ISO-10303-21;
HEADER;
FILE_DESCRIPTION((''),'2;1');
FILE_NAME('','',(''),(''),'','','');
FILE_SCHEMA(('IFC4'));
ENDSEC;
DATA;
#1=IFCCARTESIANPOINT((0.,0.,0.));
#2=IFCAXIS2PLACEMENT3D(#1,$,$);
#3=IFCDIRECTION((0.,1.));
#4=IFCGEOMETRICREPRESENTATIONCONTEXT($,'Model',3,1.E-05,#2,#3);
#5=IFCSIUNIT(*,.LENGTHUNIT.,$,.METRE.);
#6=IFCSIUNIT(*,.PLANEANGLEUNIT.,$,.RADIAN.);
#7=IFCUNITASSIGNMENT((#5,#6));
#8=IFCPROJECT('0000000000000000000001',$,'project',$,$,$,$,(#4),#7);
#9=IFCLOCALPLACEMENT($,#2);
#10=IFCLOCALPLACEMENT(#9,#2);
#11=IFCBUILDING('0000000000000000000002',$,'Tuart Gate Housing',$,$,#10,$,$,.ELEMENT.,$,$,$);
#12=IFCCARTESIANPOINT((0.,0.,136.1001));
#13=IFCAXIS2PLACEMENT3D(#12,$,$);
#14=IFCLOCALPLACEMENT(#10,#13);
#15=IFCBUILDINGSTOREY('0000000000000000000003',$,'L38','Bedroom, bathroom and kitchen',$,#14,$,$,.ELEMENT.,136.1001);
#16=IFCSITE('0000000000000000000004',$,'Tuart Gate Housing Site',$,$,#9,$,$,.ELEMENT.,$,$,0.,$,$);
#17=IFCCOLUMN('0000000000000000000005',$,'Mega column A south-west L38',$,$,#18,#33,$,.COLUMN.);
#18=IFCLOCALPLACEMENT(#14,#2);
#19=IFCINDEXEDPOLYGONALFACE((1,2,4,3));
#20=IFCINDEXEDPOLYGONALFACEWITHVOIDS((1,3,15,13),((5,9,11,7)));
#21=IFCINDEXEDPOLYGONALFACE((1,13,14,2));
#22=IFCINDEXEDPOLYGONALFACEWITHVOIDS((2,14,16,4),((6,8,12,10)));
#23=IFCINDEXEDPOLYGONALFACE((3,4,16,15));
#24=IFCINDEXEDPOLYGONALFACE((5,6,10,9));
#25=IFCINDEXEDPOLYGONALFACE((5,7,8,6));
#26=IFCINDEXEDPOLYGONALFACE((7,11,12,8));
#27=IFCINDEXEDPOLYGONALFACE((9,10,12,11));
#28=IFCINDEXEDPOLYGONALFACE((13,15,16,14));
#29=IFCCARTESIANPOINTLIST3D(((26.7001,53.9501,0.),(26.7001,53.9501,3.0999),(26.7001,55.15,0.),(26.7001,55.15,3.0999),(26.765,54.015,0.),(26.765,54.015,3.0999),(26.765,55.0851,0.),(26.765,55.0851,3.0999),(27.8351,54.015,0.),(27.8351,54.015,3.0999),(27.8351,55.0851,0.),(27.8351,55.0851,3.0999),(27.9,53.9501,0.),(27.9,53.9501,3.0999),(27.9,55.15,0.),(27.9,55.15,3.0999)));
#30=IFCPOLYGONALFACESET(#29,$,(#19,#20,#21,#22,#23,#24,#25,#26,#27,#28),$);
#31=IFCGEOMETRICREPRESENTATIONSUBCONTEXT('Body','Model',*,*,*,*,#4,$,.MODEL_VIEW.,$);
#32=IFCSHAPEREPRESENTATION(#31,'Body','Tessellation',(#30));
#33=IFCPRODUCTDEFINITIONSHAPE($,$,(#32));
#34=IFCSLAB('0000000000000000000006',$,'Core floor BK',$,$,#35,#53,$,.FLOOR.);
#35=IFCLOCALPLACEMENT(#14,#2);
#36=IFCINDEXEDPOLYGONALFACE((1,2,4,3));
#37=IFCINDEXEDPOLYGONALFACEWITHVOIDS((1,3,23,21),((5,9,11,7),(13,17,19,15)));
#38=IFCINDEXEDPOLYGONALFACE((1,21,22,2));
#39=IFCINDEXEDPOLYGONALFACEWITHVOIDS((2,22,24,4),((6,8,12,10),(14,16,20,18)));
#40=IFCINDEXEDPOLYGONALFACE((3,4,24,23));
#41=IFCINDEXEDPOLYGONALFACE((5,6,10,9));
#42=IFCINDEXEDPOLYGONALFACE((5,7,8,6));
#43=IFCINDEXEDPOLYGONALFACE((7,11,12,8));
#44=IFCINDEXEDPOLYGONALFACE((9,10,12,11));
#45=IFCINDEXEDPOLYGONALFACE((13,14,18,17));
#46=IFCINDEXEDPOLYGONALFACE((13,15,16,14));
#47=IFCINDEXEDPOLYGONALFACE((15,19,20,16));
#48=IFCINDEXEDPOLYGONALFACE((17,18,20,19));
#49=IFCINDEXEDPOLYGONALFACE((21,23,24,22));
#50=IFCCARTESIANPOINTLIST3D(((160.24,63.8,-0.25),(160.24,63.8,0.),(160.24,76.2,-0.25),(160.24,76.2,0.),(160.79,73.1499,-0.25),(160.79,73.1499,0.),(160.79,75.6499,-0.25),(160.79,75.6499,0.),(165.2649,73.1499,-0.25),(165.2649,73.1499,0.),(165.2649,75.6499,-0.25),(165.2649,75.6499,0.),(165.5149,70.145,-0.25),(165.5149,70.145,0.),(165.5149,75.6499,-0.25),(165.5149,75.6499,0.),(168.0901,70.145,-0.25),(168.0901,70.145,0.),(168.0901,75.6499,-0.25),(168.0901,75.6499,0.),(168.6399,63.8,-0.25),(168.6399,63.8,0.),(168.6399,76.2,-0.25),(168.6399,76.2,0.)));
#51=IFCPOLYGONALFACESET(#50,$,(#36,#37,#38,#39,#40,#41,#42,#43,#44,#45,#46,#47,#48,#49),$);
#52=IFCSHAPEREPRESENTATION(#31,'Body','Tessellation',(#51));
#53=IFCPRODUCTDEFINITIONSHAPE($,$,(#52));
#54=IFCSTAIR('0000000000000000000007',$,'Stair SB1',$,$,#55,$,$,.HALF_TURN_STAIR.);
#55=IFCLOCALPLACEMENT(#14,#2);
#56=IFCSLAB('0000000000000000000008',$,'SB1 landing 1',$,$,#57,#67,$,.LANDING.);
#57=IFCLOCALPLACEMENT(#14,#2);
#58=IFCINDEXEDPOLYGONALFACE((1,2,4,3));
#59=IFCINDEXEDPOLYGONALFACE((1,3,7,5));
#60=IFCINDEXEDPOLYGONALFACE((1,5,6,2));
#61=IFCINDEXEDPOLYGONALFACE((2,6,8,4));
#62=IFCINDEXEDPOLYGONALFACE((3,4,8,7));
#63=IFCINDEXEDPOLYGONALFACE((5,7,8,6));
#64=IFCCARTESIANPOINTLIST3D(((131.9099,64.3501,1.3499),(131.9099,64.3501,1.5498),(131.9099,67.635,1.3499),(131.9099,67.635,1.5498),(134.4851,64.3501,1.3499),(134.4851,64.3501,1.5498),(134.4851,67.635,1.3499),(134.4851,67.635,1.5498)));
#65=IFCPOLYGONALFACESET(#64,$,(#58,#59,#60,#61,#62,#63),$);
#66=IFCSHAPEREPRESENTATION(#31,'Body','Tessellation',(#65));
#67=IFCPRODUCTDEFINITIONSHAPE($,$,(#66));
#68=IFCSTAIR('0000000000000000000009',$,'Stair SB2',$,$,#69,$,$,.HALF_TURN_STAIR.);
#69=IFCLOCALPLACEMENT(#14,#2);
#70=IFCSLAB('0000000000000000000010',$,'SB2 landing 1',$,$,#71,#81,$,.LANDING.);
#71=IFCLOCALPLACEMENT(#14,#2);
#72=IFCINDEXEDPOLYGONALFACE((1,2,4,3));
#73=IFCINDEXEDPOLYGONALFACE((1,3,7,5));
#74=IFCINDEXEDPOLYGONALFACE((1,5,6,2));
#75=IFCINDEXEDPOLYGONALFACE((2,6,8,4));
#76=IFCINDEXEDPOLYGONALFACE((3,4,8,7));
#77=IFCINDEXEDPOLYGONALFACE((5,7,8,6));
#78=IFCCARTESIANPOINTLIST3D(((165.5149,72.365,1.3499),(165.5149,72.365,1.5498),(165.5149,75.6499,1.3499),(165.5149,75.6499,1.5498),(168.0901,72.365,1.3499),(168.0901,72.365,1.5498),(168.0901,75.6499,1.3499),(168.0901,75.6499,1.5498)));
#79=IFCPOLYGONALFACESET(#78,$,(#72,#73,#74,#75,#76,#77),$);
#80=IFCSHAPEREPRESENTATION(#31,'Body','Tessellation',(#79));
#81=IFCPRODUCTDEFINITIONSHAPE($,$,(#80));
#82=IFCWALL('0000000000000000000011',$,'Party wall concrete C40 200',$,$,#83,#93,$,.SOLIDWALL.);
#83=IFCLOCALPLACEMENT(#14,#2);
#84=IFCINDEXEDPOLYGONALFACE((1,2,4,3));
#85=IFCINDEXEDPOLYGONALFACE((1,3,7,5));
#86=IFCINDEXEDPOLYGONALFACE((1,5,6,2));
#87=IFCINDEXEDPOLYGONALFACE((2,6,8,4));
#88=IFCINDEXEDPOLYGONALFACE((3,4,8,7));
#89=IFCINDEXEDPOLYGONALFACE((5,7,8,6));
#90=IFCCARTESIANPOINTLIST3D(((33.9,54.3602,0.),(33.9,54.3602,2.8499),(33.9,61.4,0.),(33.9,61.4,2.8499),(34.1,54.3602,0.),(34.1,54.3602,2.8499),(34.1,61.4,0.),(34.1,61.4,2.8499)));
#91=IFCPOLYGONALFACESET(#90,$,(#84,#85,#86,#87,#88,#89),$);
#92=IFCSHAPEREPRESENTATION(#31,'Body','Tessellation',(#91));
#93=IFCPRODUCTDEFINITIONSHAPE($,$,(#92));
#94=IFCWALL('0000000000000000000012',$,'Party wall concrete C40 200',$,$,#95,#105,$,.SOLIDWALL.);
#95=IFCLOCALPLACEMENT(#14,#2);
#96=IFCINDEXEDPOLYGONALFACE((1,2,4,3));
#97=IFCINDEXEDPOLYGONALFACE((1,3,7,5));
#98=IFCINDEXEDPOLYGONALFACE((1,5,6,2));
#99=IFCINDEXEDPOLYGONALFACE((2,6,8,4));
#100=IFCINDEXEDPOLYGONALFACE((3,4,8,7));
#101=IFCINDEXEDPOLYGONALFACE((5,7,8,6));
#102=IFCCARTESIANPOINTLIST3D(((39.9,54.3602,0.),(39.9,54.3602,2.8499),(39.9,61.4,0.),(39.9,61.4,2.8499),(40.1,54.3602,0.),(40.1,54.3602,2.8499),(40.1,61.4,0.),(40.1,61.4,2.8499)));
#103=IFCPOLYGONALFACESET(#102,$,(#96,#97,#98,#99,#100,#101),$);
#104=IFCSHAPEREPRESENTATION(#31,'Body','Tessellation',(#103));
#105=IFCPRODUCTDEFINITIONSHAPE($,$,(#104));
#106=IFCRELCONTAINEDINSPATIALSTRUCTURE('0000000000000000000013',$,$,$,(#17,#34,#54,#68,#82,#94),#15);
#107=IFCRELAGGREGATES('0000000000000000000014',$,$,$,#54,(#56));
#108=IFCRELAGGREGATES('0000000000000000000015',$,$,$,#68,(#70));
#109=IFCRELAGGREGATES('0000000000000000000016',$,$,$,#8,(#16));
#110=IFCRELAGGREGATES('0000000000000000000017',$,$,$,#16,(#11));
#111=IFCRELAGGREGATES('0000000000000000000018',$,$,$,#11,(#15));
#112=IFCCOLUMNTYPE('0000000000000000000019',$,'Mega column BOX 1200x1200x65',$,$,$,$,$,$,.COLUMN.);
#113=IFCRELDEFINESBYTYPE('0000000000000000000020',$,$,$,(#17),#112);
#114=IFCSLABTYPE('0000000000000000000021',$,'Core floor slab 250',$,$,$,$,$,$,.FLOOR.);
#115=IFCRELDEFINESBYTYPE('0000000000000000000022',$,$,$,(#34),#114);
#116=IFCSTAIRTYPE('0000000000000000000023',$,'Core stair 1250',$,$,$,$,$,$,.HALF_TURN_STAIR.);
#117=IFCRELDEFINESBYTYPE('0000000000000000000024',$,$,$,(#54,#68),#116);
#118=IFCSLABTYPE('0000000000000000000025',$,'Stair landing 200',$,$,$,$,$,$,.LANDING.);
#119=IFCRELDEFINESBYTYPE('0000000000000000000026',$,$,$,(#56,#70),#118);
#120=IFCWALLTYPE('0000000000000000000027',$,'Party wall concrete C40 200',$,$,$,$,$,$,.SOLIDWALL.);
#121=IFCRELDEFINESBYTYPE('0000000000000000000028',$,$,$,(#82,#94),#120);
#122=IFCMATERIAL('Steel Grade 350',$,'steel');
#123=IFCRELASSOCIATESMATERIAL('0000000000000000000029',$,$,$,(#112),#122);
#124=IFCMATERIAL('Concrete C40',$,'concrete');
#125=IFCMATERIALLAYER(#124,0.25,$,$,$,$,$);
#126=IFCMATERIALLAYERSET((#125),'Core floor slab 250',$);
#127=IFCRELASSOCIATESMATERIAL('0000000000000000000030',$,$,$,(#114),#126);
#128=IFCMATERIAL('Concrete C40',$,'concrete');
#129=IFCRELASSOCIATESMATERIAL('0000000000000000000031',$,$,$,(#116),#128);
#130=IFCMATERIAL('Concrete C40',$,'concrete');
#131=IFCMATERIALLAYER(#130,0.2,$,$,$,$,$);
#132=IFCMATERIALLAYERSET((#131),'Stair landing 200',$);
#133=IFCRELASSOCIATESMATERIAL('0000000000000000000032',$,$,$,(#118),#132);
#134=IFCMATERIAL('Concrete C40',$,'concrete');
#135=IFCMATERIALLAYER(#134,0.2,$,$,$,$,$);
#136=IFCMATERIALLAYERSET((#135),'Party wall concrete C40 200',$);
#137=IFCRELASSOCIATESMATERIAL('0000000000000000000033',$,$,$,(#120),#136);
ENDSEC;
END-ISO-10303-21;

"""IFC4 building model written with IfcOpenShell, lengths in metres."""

from ifc_helpers import new_model, si_unit, direction, frame, frame_2d, origin, origin_2d, place, context, subcontext, project, spatial, polyline, rectangle, hollow_rectangle, outline, extrude, material, layer, layer_set, material_profile, profile_set, type_object, element, aggregate, save


model = new_model("IFC4")

# Units and contexts
model_context = context("Model", 3, precision=1e-05, world=origin(), true_north=direction((0.0, 1.0)))
body_context = subcontext(model_context, "Body", "Model", "MODEL_VIEW")
ifc_project = project(units=[si_unit("LENGTHUNIT", "METRE"), si_unit("PLANEANGLEUNIT", "RADIAN")], contexts=[model_context])

# Site, building, storey
site_placement = place(None, origin())
site = spatial("IfcSite", under=ifc_project, at=site_placement, Name="Tuart Gate Housing Site", CompositionType="ELEMENT", RefElevation=0.0)
building_placement = place(site_placement, origin())
building = spatial("IfcBuilding", under=site, at=building_placement, Name="Tuart Gate Housing", CompositionType="ELEMENT")
storey_placement = place(building_placement, frame((0.0, 0.0, 136.1001)))
storey = spatial("IfcBuildingStorey", under=building, at=storey_placement, Name="L38", Description="Bedroom, bathroom and kitchen", CompositionType="ELEMENT", Elevation=136.1001)

# Column
ifc_material_1 = material(Name="Steel Grade 350", Category="steel")
ifc_material_profile = material_profile(ifc_material_1, hollow_rectangle(XDim=1.2, YDim=1.2, WallThickness=0.0649, at=origin_2d()), Name="BOX 1200x1200x65")
ifc_profile_set = profile_set([ifc_material_profile], Name="Steel Grade 350")
column_type = type_object("IfcColumnType", Name="Mega column BOX 1200x1200x65", PredefinedType="COLUMN", material=ifc_profile_set)
column_placement = place(storey_placement, frame((27.3, 54.55, 0.0), z_axis=(0.0, 0.0, 1.0), x_axis=(1.0, 0.0, 0.0)))
element("IfcColumn", 1, at=column_placement, inside=storey, type_object=column_type, Name="Mega column A south-west L38", PredefinedType="COLUMN", context=body_context, shape_type="SweptSolid", body=[
    extrude(hollow_rectangle(XDim=1.2, YDim=1.2, WallThickness=0.0649, at=origin_2d()), origin(), (0.0, 0.0, 1.0), 3.0999),
])

# Slab
ifc_material_2 = material(Name="Concrete C40", Category="concrete")
ifc_layer_1 = layer(ifc_material_2, 0.25)
ifc_layer_set_1 = layer_set([ifc_layer_1], Name="Core floor slab 250")
slab_type_1 = type_object("IfcSlabType", Name="Core floor slab 250", PredefinedType="FLOOR", material=ifc_layer_set_1)
slab_1_placement = place(storey_placement, frame((0.0, 0.0, -0.25)))
element("IfcSlab", 2, at=slab_1_placement, inside=storey, type_object=slab_type_1, Name="Core floor BK", PredefinedType="FLOOR", context=body_context, shape_type="SweptSolid", body=[
    extrude(outline(polyline([(160.24, 63.8), (168.6399, 63.8), (168.6399, 76.2), (160.24, 76.2), (160.24, 63.8)]), holes=[polyline([(160.79, 73.1499), (165.2649, 73.1499), (165.2649, 75.6499), (160.79, 75.6499), (160.79, 73.1499)]), polyline([(165.5149, 70.145), (168.0901, 70.145), (168.0901, 75.6499), (165.5149, 75.6499), (165.5149, 70.145)])]), origin(), (0.0, 0.0, 1.0), 0.25),
])

# Stairs, slabs
ifc_material_3 = material(Name="Concrete C40", Category="concrete")
stair_type = type_object("IfcStairType", Name="Core stair 1250", PredefinedType="HALF_TURN_STAIR", material=ifc_material_3)
stair_1_placement = place(storey_placement, origin())
stair_1 = element("IfcStair", 3, at=stair_1_placement, inside=storey, type_object=stair_type, Name="Stair SB1", PredefinedType="HALF_TURN_STAIR")
ifc_material_4 = material(Name="Concrete C40", Category="concrete")
ifc_layer_2 = layer(ifc_material_4, 0.2)
ifc_layer_set_2 = layer_set([ifc_layer_2], Name="Stair landing 200")
slab_type_2 = type_object("IfcSlabType", Name="Stair landing 200", PredefinedType="LANDING", material=ifc_layer_set_2)
slab_2_placement = place(storey_placement, frame((0.0, 0.0, 1.3499)))
slab_2 = element("IfcSlab", 4, at=slab_2_placement, type_object=slab_type_2, Name="SB1 landing 1", PredefinedType="LANDING", context=body_context, shape_type="SweptSolid", body=[
    extrude(outline(polyline([(134.4851, 67.635), (131.9099, 67.635), (131.9099, 64.3501), (134.4851, 64.3501), (134.4851, 67.635)])), origin(), (0.0, 0.0, 1.0), 0.2),
])
aggregate(stair_1, [slab_2])
stair_2_placement = place(storey_placement, origin())
stair_2 = element("IfcStair", 5, at=stair_2_placement, inside=storey, type_object=stair_type, Name="Stair SB2", PredefinedType="HALF_TURN_STAIR")
slab_3_placement = place(storey_placement, frame((0.0, 0.0, 1.3499)))
slab_3 = element("IfcSlab", 6, at=slab_3_placement, type_object=slab_type_2, Name="SB2 landing 1", PredefinedType="LANDING", context=body_context, shape_type="SweptSolid", body=[
    extrude(outline(polyline([(165.5149, 72.365), (168.0901, 72.365), (168.0901, 75.6499), (165.5149, 75.6499), (165.5149, 72.365)])), origin(), (0.0, 0.0, 1.0), 0.2),
])
aggregate(stair_2, [slab_3])

# Walls
ifc_material_5 = material(Name="Concrete C40", Category="concrete")
ifc_layer_3 = layer(ifc_material_5, 0.2)
ifc_layer_set_3 = layer_set([ifc_layer_3], Name="Party wall concrete C40 200")
wall_type_1 = type_object("IfcWallType", Name="Party wall concrete C40 200", PredefinedType="SOLIDWALL", material=ifc_layer_set_3)
for number, where, z_axis, x_axis, name in (
    (7, (34.0, 54.3601, 0.0), (0.0, 0.0, 1.0), (0.0, 1.0, 0.0), "Party wall concrete C40 200"),
    (8, (40.0, 54.3601, 0.0), (0.0, 0.0, 1.0), (0.0, 1.0, 0.0), "Party wall concrete C40 200"),
):
    element("IfcWall", number, at=place(storey_placement, frame(where, z_axis=z_axis, x_axis=x_axis)), inside=storey, type_object=wall_type_1, Name=name, PredefinedType="SOLIDWALL", context=body_context, shape_type="SweptSolid", body=[
        extrude(rectangle(XDim=7.0398, YDim=0.2, at=frame_2d((3.52, 0.0))), origin(), (0.0, 0.0, 1.0), 2.8499),
    ])

save(model, "model.ifc")
